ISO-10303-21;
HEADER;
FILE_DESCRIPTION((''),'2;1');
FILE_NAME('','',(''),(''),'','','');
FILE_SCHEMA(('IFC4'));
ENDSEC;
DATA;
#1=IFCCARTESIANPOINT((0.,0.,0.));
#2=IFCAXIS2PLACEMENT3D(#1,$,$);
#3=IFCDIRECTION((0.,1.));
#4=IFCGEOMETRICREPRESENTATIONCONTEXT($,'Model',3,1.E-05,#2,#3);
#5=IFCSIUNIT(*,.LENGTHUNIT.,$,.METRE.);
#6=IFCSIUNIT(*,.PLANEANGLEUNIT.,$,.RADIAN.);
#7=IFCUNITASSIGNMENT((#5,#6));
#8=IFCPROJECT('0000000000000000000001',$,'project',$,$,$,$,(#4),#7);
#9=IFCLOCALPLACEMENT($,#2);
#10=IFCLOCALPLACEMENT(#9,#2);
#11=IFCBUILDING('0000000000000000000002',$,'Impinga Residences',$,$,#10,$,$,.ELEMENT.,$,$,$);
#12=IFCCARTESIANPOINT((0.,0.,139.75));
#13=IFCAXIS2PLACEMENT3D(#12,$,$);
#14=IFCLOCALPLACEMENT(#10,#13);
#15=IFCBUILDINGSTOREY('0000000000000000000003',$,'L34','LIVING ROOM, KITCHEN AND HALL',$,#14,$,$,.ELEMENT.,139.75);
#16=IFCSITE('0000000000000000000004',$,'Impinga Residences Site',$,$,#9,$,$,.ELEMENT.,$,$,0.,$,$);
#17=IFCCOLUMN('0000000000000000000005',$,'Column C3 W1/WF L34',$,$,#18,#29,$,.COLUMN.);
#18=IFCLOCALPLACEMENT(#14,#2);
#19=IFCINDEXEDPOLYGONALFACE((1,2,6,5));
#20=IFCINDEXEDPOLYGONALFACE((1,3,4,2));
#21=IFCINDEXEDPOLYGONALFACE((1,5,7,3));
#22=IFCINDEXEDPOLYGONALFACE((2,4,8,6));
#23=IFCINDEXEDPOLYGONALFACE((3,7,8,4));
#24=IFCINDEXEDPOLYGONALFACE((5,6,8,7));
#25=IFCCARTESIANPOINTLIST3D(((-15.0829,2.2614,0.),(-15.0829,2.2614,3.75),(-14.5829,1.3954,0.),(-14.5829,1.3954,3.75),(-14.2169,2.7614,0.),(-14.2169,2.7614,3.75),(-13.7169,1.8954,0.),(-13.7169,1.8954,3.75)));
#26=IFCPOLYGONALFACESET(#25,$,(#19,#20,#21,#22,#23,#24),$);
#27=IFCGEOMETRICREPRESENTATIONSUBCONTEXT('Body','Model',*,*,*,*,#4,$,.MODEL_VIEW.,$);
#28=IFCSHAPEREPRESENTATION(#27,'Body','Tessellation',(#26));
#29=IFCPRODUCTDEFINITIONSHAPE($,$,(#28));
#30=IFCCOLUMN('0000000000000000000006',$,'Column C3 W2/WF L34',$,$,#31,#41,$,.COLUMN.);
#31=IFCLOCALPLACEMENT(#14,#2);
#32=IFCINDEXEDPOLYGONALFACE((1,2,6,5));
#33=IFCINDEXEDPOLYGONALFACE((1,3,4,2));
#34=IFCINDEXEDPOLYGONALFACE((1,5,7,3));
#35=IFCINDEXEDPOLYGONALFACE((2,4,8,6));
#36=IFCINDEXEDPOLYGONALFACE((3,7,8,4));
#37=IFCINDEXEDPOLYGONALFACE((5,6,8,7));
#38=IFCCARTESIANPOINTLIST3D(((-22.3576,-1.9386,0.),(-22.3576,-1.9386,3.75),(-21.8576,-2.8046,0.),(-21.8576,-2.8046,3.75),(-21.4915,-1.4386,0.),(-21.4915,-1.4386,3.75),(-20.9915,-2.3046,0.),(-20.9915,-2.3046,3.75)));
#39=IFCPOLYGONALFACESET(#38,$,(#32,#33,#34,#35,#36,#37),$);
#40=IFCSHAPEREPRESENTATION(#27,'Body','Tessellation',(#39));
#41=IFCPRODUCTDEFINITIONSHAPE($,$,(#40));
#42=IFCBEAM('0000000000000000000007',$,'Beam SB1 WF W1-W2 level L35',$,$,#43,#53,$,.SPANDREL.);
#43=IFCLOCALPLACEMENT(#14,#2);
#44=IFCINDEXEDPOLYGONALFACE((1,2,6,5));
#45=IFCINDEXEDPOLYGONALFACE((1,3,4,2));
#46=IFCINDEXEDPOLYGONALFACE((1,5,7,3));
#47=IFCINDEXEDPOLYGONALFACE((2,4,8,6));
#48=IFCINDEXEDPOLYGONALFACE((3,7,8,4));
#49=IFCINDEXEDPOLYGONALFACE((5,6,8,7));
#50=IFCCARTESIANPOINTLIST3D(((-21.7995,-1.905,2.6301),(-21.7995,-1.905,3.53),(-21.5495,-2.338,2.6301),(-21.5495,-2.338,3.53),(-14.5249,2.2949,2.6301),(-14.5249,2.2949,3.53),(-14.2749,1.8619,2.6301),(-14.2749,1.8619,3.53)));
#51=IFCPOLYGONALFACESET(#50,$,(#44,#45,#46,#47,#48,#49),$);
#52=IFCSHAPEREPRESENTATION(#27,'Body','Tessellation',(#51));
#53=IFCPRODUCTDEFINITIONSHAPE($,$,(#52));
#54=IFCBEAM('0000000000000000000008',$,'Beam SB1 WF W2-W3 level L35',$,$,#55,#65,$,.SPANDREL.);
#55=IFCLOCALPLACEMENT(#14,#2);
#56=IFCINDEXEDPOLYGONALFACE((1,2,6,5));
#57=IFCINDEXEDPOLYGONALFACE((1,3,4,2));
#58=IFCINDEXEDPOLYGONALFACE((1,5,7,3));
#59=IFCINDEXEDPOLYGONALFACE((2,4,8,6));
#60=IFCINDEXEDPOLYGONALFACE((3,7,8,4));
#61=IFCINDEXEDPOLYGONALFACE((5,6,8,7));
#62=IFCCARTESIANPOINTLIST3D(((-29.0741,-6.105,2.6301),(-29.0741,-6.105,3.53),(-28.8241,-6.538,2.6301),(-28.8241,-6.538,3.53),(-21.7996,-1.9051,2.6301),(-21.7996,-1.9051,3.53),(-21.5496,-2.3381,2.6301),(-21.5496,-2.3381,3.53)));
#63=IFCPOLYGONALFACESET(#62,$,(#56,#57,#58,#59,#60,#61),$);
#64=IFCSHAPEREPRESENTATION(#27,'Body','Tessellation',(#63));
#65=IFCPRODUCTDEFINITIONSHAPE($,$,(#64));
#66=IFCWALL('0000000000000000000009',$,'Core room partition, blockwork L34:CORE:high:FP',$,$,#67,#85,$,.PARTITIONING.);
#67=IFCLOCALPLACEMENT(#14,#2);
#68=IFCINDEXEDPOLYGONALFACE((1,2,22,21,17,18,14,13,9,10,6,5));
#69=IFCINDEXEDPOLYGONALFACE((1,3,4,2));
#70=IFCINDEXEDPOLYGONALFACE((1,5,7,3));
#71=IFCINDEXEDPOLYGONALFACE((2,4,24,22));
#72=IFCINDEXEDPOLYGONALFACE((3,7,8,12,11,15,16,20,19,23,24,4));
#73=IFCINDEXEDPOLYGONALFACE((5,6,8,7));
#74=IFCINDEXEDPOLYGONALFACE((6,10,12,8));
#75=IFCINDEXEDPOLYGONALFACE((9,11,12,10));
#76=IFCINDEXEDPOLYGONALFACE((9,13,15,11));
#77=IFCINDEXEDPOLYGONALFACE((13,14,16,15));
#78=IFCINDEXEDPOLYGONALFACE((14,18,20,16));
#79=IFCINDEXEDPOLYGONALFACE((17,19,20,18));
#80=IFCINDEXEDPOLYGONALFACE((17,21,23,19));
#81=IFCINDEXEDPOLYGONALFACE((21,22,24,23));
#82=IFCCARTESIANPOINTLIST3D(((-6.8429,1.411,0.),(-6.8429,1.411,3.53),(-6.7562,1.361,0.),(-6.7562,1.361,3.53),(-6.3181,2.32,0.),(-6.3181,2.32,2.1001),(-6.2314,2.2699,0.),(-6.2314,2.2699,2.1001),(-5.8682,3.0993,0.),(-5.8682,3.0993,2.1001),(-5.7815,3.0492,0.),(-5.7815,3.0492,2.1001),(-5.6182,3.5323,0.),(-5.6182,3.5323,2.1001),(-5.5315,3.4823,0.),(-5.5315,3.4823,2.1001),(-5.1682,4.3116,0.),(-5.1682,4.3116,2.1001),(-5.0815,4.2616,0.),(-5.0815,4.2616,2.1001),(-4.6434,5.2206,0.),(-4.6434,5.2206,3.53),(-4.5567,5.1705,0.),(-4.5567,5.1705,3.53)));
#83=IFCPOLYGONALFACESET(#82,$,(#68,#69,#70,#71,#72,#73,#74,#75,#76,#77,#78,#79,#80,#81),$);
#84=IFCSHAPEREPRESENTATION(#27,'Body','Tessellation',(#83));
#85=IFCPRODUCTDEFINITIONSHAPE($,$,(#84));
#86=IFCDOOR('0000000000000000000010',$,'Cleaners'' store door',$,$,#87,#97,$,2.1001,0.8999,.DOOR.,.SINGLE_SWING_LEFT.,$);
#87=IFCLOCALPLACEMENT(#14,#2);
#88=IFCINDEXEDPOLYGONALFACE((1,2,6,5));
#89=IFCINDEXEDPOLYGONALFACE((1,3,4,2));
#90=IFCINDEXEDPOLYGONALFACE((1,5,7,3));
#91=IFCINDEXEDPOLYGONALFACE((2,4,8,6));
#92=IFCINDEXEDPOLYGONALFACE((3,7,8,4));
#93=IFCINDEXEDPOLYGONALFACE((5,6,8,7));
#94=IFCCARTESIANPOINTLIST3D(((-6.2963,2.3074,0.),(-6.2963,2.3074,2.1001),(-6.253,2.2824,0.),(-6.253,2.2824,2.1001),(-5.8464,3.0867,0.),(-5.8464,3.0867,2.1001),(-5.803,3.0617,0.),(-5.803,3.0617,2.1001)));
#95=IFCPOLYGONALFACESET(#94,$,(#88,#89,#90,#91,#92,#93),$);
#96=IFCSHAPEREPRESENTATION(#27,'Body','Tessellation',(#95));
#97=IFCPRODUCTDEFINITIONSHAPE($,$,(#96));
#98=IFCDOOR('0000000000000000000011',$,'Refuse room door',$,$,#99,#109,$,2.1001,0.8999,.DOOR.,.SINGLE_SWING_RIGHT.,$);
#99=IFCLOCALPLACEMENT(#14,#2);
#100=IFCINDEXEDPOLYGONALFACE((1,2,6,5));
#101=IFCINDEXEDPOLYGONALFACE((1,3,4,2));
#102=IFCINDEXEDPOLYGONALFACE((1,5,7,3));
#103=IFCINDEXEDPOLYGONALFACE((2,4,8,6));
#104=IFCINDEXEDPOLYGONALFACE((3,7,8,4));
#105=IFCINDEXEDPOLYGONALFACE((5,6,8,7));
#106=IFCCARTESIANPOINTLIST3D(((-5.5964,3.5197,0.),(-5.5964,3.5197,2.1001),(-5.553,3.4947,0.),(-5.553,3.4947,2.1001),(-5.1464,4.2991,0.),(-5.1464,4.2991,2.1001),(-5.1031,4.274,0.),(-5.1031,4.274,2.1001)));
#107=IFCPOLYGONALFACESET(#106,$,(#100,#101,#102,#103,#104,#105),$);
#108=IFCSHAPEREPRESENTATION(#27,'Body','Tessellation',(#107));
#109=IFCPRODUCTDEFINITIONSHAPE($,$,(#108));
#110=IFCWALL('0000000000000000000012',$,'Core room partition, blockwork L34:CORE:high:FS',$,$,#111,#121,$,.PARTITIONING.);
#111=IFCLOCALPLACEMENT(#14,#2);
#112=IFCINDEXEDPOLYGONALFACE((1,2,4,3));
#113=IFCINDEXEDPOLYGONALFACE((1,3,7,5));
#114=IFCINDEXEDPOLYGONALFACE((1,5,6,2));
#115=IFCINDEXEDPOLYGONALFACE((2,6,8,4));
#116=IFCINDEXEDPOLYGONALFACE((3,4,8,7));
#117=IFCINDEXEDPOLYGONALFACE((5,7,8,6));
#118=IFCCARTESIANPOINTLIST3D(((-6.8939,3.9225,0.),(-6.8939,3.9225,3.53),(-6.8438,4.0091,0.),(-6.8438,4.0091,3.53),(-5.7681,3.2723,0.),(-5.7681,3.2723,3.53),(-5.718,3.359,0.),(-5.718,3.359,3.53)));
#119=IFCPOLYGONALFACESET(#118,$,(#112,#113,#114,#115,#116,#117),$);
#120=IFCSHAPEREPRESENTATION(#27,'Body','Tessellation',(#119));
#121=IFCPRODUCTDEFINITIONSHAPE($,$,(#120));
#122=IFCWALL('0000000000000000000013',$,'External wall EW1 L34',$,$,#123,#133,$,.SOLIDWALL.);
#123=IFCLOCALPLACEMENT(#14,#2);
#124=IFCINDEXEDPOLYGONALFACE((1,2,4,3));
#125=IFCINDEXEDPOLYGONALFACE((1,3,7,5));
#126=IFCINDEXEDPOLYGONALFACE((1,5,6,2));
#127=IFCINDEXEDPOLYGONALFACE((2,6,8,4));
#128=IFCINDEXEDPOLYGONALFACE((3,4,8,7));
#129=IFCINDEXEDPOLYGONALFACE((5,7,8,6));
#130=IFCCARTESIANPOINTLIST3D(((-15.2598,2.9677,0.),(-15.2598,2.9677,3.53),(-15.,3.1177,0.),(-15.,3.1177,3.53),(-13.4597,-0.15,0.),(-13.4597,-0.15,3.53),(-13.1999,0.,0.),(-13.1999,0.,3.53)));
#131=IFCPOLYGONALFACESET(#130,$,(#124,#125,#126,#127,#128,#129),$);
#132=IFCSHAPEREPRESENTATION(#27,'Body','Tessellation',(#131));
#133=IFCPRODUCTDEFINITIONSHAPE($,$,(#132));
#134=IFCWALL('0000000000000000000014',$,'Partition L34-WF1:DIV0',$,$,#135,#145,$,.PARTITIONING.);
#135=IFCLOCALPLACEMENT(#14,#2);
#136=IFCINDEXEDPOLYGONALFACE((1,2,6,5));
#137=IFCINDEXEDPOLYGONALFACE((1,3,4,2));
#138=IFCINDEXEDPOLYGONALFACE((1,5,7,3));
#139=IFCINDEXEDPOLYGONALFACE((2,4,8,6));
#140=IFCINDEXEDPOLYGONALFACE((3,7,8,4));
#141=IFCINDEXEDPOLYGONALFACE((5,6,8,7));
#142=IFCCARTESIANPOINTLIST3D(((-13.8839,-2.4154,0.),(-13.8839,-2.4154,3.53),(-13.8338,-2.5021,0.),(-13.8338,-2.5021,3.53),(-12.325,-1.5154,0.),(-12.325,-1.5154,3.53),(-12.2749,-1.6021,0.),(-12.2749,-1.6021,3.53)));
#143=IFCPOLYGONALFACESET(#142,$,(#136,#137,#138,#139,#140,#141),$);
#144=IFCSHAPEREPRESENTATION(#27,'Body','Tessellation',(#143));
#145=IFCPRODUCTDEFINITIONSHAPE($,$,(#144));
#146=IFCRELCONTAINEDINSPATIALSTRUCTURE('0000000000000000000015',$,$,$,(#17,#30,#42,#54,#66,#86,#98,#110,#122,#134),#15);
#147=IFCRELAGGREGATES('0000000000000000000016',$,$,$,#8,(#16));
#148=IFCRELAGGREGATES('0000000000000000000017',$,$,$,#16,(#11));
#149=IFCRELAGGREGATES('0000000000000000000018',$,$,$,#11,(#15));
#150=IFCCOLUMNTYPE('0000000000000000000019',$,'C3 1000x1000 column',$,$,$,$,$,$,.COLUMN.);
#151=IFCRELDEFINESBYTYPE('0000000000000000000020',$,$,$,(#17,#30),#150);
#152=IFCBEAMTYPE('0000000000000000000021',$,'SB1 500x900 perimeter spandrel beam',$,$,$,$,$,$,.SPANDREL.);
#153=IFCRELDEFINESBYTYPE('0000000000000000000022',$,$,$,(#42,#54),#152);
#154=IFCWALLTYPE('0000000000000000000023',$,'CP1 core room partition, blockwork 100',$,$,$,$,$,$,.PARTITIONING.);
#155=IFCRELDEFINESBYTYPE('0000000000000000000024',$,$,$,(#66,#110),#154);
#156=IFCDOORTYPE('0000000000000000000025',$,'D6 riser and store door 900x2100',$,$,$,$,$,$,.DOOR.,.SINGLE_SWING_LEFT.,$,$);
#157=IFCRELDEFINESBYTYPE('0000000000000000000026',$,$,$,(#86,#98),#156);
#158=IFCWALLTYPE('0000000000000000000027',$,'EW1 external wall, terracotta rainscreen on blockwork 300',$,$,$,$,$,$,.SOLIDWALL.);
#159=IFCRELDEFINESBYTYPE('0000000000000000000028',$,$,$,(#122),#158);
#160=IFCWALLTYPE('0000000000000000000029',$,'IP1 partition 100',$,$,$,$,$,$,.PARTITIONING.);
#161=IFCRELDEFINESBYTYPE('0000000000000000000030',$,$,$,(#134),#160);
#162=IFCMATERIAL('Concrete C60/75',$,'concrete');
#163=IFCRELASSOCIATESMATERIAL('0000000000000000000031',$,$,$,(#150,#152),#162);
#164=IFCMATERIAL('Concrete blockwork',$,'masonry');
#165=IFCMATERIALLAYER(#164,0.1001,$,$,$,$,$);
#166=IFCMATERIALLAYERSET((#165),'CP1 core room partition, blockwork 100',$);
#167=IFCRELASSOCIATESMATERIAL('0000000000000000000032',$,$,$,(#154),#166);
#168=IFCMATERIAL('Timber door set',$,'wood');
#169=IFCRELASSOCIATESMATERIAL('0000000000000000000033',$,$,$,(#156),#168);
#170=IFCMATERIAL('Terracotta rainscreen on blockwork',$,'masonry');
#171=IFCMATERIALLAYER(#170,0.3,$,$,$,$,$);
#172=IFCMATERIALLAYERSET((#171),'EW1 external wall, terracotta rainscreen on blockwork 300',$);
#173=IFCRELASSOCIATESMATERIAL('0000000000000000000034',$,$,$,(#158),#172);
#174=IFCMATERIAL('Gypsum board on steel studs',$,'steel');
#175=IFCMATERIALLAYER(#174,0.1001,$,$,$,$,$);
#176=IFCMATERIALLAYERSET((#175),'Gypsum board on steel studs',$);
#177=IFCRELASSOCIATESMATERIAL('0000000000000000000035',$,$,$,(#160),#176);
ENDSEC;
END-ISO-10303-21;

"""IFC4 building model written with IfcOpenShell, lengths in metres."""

from ifc_helpers import new_model, si_unit, direction, frame, frame_2d, origin, origin_2d, place, context, subcontext, project, spatial, rectangle, extrude, material, layer, layer_set, material_profile, profile_set, type_object, element, fill, save


model = new_model("IFC4")

# Units and contexts
model_context = context("Model", 3, precision=1e-05, world=origin(), true_north=direction((0.0, 1.0)))
body_context = subcontext(model_context, "Body", "Model", "MODEL_VIEW")
ifc_project = project(units=[si_unit("LENGTHUNIT", "METRE"), si_unit("PLANEANGLEUNIT", "RADIAN")], contexts=[model_context])

# Site, building, storey
site_placement = place(None, origin())
site = spatial("IfcSite", under=ifc_project, at=site_placement, Name="Impinga Residences Site", CompositionType="ELEMENT", RefElevation=0.0)
building_placement = place(site_placement, origin())
building = spatial("IfcBuilding", under=site, at=building_placement, Name="Impinga Residences", CompositionType="ELEMENT")
storey_placement = place(building_placement, frame((0.0, 0.0, 139.75)))
storey = spatial("IfcBuildingStorey", under=building, at=storey_placement, Name="L34", Description="LIVING ROOM, KITCHEN AND HALL", CompositionType="ELEMENT", Elevation=139.75)

# Columns
ifc_material_1 = material(Name="Concrete C60/75", Category="concrete")
ifc_material_profile_1 = material_profile(ifc_material_1, rectangle(XDim=1.0, YDim=1.0, at=origin_2d()), Name="RC 1000x1000")
ifc_profile_set_1 = profile_set([ifc_material_profile_1], Name="Concrete C60/75")
column_type = type_object("IfcColumnType", Name="C3 1000x1000 column", PredefinedType="COLUMN", material=ifc_profile_set_1)
for number, where, z_axis, x_axis, name in (
    (1, (-14.3999, 2.0784, 0.0), (0.0, 0.0, 1.0), (-0.5, 0.866025, 0.0), "Column C3 W1/WF L34"),
    (2, (-21.6746, -2.1216, 0.0), (0.0, 0.0, 1.0), (-0.5, 0.866025, 0.0), "Column C3 W2/WF L34"),
):
    element("IfcColumn", number, at=place(storey_placement, frame(where, z_axis=z_axis, x_axis=x_axis)), inside=storey, type_object=column_type, Name=name, PredefinedType="COLUMN", context=body_context, shape_type="SweptSolid", body=[
        extrude(rectangle(XDim=1.0, YDim=1.0, at=origin_2d()), origin(), (0.0, 0.0, 1.0), 3.75),
    ])

# Beams
ifc_material_profile_2 = material_profile(ifc_material_1, rectangle(XDim=0.5, YDim=0.8999, at=origin_2d()), Name="RC 500x900")
ifc_profile_set_2 = profile_set([ifc_material_profile_2], Name="Concrete C60/75")
beam_type = type_object("IfcBeamType", Name="SB1 500x900 perimeter spandrel beam", PredefinedType="SPANDREL", material=ifc_profile_set_2)
for number, where, z_axis, x_axis, name in (
    (3, (-14.3999, 2.0784, 3.0801), (-0.866029, -0.499993, 0.0), (0.499993, -0.866029, 0.0), "Beam SB1 WF W1-W2 level L35"),
    (4, (-21.6746, -2.1216, 3.0801), (-0.866029, -0.499993, 0.0), (0.499993, -0.866029, 0.0), "Beam SB1 WF W2-W3 level L35"),
):
    element("IfcBeam", number, at=place(storey_placement, frame(where, z_axis=z_axis, x_axis=x_axis)), inside=storey, type_object=beam_type, Name=name, PredefinedType="SPANDREL", context=body_context, shape_type="SweptSolid", body=[
        extrude(rectangle(XDim=0.5, YDim=0.8999, at=origin_2d()), origin(), (0.0, 0.0, 1.0), 8.3999),
    ])

# Wall, openings, doors
ifc_material_2 = material(Name="Concrete blockwork", Category="masonry")
ifc_layer_1 = layer(ifc_material_2, 0.1001)
ifc_layer_set_1 = layer_set([ifc_layer_1], Name="CP1 core room partition, blockwork 100")
wall_type_1 = type_object("IfcWallType", Name="CP1 core room partition, blockwork 100", PredefinedType="PARTITIONING", material=ifc_layer_set_1)
wall_1_placement = place(storey_placement, frame((-6.7996, 1.386, 0.0), z_axis=(0.0, 0.0, 1.0), x_axis=(0.500001, 0.866025, 0.0)))
wall_1 = element("IfcWall", 5, at=wall_1_placement, inside=storey, type_object=wall_type_1, Name="Core room partition, blockwork L34:CORE:high:FP", PredefinedType="PARTITIONING", context=body_context, shape_type="SweptSolid", body=[
    extrude(rectangle(XDim=4.3989, YDim=0.1001, at=frame_2d((2.1995, 0.0))), origin(), (0.0, 0.0, 1.0), 3.53),
])
opening_1_placement = place(wall_1_placement, frame((1.0496, 0.0, 0.0)))
opening_1 = element("IfcOpeningElement", 6, at=opening_1_placement, cuts=wall_1, PredefinedType="OPENING", context=body_context, shape_type="SweptSolid", body=[
    extrude(rectangle(XDim=0.8999, YDim=2.1001, at=frame_2d((0.45, 1.05))), frame((0.0, 0.0601, 0.0), z_axis=(0.0, -1.0, 0.0), x_axis=(1.0, 0.0, 0.0)), (0.0, 0.0, 1.0), 0.1201),
])
opening_2_placement = place(wall_1_placement, frame((2.4495, 0.0, 0.0)))
opening_2 = element("IfcOpeningElement", 7, at=opening_2_placement, cuts=wall_1, PredefinedType="OPENING", context=body_context, shape_type="SweptSolid", body=[
    extrude(rectangle(XDim=0.8999, YDim=2.1001, at=frame_2d((0.45, 1.05))), frame((0.0, 0.0601, 0.0), z_axis=(0.0, -1.0, 0.0), x_axis=(1.0, 0.0, 0.0)), (0.0, 0.0, 1.0), 0.1201),
])
ifc_material_3 = material(Name="Timber door set", Category="wood")
door_type_1 = type_object("IfcDoorType", Name="D6 riser and store door 900x2100", OperationType="SINGLE_SWING_LEFT", PredefinedType="DOOR", material=ifc_material_3)
door_1_placement = place(opening_1_placement, origin())
door_1 = element("IfcDoor", 8, at=door_1_placement, inside=storey, type_object=door_type_1, Name="Cleaners' store door", OperationType="SINGLE_SWING_LEFT", OverallHeight=2.1001, OverallWidth=0.8999, PredefinedType="DOOR", context=body_context, shape_type="SweptSolid", body=[
    extrude(rectangle(XDim=0.8999, YDim=2.1001, at=frame_2d((0.45, 1.05))), frame((0.0, 0.0249, 0.0), z_axis=(0.0, -1.0, 0.0), x_axis=(1.0, 0.0, 0.0)), (0.0, 0.0, 1.0), 0.05),
])
fill(opening_1, door_1)
door_2_placement = place(opening_2_placement, origin())
door_2 = element("IfcDoor", 9, at=door_2_placement, inside=storey, type_object=door_type_1, Name="Refuse room door", OperationType="SINGLE_SWING_RIGHT", OverallHeight=2.1001, OverallWidth=0.8999, PredefinedType="DOOR", context=body_context, shape_type="SweptSolid", body=[
    extrude(rectangle(XDim=0.8999, YDim=2.1001, at=frame_2d((0.45, 1.05))), frame((0.0, 0.0249, 0.0), z_axis=(0.0, -1.0, 0.0), x_axis=(1.0, 0.0, 0.0)), (0.0, 0.0, 1.0), 0.05),
])
fill(opening_2, door_2)

# Walls
wall_2_placement = place(storey_placement, frame((-5.7432, 3.3157, 0.0), z_axis=(0.0, 0.0, 1.0), x_axis=(-0.865957, 0.500118, 0.0)))
element("IfcWall", 10, at=wall_2_placement, inside=storey, type_object=wall_type_1, Name="Core room partition, blockwork L34:CORE:high:FS", PredefinedType="PARTITIONING", context=body_context, shape_type="SweptSolid", body=[
    extrude(rectangle(XDim=1.3, YDim=0.1001, at=frame_2d((0.6499, 0.0))), origin(), (0.0, 0.0, 1.0), 3.53),
])
ifc_material_4 = material(Name="Terracotta rainscreen on blockwork", Category="masonry")
ifc_layer_2 = layer(ifc_material_4, 0.3)
ifc_layer_set_2 = layer_set([ifc_layer_2], Name="EW1 external wall, terracotta rainscreen on blockwork 300")
wall_type_2 = type_object("IfcWallType", Name="EW1 external wall, terracotta rainscreen on blockwork 300", PredefinedType="SOLIDWALL", material=ifc_layer_set_2)
wall_3_placement = place(storey_placement, frame((-15.1299, 3.0427, 0.0), z_axis=(0.0, 0.0, 1.0), x_axis=(0.500012, -0.866018, 0.0)))
element("IfcWall", 11, at=wall_3_placement, inside=storey, type_object=wall_type_2, Name="External wall EW1 L34", PredefinedType="SOLIDWALL", context=body_context, shape_type="SweptSolid", body=[
    extrude(rectangle(XDim=3.6001, YDim=0.3, at=frame_2d((1.8, 0.0))), origin(), (0.0, 0.0, 1.0), 3.53),
])
ifc_material_5 = material(Name="Gypsum board on steel studs", Category="steel")
ifc_layer_3 = layer(ifc_material_5, 0.1001)
ifc_layer_set_3 = layer_set([ifc_layer_3], Name="Gypsum board on steel studs")
wall_type_3 = type_object("IfcWallType", Name="IP1 partition 100", PredefinedType="PARTITIONING", material=ifc_layer_set_3)
wall_4_placement = place(storey_placement, frame((-12.3, -1.5588, 0.0), z_axis=(0.0, 0.0, 1.0), x_axis=(-0.866048, -0.499961, 0.0)))
element("IfcWall", 12, at=wall_4_placement, inside=storey, type_object=wall_type_3, Name="Partition L34-WF1:DIV0", PredefinedType="PARTITIONING", context=body_context, shape_type="SweptSolid", body=[
    extrude(rectangle(XDim=1.8, YDim=0.1001, at=frame_2d((0.8999, 0.0))), origin(), (0.0, 0.0, 1.0), 3.53),
])

save(model, "model.ifc")
